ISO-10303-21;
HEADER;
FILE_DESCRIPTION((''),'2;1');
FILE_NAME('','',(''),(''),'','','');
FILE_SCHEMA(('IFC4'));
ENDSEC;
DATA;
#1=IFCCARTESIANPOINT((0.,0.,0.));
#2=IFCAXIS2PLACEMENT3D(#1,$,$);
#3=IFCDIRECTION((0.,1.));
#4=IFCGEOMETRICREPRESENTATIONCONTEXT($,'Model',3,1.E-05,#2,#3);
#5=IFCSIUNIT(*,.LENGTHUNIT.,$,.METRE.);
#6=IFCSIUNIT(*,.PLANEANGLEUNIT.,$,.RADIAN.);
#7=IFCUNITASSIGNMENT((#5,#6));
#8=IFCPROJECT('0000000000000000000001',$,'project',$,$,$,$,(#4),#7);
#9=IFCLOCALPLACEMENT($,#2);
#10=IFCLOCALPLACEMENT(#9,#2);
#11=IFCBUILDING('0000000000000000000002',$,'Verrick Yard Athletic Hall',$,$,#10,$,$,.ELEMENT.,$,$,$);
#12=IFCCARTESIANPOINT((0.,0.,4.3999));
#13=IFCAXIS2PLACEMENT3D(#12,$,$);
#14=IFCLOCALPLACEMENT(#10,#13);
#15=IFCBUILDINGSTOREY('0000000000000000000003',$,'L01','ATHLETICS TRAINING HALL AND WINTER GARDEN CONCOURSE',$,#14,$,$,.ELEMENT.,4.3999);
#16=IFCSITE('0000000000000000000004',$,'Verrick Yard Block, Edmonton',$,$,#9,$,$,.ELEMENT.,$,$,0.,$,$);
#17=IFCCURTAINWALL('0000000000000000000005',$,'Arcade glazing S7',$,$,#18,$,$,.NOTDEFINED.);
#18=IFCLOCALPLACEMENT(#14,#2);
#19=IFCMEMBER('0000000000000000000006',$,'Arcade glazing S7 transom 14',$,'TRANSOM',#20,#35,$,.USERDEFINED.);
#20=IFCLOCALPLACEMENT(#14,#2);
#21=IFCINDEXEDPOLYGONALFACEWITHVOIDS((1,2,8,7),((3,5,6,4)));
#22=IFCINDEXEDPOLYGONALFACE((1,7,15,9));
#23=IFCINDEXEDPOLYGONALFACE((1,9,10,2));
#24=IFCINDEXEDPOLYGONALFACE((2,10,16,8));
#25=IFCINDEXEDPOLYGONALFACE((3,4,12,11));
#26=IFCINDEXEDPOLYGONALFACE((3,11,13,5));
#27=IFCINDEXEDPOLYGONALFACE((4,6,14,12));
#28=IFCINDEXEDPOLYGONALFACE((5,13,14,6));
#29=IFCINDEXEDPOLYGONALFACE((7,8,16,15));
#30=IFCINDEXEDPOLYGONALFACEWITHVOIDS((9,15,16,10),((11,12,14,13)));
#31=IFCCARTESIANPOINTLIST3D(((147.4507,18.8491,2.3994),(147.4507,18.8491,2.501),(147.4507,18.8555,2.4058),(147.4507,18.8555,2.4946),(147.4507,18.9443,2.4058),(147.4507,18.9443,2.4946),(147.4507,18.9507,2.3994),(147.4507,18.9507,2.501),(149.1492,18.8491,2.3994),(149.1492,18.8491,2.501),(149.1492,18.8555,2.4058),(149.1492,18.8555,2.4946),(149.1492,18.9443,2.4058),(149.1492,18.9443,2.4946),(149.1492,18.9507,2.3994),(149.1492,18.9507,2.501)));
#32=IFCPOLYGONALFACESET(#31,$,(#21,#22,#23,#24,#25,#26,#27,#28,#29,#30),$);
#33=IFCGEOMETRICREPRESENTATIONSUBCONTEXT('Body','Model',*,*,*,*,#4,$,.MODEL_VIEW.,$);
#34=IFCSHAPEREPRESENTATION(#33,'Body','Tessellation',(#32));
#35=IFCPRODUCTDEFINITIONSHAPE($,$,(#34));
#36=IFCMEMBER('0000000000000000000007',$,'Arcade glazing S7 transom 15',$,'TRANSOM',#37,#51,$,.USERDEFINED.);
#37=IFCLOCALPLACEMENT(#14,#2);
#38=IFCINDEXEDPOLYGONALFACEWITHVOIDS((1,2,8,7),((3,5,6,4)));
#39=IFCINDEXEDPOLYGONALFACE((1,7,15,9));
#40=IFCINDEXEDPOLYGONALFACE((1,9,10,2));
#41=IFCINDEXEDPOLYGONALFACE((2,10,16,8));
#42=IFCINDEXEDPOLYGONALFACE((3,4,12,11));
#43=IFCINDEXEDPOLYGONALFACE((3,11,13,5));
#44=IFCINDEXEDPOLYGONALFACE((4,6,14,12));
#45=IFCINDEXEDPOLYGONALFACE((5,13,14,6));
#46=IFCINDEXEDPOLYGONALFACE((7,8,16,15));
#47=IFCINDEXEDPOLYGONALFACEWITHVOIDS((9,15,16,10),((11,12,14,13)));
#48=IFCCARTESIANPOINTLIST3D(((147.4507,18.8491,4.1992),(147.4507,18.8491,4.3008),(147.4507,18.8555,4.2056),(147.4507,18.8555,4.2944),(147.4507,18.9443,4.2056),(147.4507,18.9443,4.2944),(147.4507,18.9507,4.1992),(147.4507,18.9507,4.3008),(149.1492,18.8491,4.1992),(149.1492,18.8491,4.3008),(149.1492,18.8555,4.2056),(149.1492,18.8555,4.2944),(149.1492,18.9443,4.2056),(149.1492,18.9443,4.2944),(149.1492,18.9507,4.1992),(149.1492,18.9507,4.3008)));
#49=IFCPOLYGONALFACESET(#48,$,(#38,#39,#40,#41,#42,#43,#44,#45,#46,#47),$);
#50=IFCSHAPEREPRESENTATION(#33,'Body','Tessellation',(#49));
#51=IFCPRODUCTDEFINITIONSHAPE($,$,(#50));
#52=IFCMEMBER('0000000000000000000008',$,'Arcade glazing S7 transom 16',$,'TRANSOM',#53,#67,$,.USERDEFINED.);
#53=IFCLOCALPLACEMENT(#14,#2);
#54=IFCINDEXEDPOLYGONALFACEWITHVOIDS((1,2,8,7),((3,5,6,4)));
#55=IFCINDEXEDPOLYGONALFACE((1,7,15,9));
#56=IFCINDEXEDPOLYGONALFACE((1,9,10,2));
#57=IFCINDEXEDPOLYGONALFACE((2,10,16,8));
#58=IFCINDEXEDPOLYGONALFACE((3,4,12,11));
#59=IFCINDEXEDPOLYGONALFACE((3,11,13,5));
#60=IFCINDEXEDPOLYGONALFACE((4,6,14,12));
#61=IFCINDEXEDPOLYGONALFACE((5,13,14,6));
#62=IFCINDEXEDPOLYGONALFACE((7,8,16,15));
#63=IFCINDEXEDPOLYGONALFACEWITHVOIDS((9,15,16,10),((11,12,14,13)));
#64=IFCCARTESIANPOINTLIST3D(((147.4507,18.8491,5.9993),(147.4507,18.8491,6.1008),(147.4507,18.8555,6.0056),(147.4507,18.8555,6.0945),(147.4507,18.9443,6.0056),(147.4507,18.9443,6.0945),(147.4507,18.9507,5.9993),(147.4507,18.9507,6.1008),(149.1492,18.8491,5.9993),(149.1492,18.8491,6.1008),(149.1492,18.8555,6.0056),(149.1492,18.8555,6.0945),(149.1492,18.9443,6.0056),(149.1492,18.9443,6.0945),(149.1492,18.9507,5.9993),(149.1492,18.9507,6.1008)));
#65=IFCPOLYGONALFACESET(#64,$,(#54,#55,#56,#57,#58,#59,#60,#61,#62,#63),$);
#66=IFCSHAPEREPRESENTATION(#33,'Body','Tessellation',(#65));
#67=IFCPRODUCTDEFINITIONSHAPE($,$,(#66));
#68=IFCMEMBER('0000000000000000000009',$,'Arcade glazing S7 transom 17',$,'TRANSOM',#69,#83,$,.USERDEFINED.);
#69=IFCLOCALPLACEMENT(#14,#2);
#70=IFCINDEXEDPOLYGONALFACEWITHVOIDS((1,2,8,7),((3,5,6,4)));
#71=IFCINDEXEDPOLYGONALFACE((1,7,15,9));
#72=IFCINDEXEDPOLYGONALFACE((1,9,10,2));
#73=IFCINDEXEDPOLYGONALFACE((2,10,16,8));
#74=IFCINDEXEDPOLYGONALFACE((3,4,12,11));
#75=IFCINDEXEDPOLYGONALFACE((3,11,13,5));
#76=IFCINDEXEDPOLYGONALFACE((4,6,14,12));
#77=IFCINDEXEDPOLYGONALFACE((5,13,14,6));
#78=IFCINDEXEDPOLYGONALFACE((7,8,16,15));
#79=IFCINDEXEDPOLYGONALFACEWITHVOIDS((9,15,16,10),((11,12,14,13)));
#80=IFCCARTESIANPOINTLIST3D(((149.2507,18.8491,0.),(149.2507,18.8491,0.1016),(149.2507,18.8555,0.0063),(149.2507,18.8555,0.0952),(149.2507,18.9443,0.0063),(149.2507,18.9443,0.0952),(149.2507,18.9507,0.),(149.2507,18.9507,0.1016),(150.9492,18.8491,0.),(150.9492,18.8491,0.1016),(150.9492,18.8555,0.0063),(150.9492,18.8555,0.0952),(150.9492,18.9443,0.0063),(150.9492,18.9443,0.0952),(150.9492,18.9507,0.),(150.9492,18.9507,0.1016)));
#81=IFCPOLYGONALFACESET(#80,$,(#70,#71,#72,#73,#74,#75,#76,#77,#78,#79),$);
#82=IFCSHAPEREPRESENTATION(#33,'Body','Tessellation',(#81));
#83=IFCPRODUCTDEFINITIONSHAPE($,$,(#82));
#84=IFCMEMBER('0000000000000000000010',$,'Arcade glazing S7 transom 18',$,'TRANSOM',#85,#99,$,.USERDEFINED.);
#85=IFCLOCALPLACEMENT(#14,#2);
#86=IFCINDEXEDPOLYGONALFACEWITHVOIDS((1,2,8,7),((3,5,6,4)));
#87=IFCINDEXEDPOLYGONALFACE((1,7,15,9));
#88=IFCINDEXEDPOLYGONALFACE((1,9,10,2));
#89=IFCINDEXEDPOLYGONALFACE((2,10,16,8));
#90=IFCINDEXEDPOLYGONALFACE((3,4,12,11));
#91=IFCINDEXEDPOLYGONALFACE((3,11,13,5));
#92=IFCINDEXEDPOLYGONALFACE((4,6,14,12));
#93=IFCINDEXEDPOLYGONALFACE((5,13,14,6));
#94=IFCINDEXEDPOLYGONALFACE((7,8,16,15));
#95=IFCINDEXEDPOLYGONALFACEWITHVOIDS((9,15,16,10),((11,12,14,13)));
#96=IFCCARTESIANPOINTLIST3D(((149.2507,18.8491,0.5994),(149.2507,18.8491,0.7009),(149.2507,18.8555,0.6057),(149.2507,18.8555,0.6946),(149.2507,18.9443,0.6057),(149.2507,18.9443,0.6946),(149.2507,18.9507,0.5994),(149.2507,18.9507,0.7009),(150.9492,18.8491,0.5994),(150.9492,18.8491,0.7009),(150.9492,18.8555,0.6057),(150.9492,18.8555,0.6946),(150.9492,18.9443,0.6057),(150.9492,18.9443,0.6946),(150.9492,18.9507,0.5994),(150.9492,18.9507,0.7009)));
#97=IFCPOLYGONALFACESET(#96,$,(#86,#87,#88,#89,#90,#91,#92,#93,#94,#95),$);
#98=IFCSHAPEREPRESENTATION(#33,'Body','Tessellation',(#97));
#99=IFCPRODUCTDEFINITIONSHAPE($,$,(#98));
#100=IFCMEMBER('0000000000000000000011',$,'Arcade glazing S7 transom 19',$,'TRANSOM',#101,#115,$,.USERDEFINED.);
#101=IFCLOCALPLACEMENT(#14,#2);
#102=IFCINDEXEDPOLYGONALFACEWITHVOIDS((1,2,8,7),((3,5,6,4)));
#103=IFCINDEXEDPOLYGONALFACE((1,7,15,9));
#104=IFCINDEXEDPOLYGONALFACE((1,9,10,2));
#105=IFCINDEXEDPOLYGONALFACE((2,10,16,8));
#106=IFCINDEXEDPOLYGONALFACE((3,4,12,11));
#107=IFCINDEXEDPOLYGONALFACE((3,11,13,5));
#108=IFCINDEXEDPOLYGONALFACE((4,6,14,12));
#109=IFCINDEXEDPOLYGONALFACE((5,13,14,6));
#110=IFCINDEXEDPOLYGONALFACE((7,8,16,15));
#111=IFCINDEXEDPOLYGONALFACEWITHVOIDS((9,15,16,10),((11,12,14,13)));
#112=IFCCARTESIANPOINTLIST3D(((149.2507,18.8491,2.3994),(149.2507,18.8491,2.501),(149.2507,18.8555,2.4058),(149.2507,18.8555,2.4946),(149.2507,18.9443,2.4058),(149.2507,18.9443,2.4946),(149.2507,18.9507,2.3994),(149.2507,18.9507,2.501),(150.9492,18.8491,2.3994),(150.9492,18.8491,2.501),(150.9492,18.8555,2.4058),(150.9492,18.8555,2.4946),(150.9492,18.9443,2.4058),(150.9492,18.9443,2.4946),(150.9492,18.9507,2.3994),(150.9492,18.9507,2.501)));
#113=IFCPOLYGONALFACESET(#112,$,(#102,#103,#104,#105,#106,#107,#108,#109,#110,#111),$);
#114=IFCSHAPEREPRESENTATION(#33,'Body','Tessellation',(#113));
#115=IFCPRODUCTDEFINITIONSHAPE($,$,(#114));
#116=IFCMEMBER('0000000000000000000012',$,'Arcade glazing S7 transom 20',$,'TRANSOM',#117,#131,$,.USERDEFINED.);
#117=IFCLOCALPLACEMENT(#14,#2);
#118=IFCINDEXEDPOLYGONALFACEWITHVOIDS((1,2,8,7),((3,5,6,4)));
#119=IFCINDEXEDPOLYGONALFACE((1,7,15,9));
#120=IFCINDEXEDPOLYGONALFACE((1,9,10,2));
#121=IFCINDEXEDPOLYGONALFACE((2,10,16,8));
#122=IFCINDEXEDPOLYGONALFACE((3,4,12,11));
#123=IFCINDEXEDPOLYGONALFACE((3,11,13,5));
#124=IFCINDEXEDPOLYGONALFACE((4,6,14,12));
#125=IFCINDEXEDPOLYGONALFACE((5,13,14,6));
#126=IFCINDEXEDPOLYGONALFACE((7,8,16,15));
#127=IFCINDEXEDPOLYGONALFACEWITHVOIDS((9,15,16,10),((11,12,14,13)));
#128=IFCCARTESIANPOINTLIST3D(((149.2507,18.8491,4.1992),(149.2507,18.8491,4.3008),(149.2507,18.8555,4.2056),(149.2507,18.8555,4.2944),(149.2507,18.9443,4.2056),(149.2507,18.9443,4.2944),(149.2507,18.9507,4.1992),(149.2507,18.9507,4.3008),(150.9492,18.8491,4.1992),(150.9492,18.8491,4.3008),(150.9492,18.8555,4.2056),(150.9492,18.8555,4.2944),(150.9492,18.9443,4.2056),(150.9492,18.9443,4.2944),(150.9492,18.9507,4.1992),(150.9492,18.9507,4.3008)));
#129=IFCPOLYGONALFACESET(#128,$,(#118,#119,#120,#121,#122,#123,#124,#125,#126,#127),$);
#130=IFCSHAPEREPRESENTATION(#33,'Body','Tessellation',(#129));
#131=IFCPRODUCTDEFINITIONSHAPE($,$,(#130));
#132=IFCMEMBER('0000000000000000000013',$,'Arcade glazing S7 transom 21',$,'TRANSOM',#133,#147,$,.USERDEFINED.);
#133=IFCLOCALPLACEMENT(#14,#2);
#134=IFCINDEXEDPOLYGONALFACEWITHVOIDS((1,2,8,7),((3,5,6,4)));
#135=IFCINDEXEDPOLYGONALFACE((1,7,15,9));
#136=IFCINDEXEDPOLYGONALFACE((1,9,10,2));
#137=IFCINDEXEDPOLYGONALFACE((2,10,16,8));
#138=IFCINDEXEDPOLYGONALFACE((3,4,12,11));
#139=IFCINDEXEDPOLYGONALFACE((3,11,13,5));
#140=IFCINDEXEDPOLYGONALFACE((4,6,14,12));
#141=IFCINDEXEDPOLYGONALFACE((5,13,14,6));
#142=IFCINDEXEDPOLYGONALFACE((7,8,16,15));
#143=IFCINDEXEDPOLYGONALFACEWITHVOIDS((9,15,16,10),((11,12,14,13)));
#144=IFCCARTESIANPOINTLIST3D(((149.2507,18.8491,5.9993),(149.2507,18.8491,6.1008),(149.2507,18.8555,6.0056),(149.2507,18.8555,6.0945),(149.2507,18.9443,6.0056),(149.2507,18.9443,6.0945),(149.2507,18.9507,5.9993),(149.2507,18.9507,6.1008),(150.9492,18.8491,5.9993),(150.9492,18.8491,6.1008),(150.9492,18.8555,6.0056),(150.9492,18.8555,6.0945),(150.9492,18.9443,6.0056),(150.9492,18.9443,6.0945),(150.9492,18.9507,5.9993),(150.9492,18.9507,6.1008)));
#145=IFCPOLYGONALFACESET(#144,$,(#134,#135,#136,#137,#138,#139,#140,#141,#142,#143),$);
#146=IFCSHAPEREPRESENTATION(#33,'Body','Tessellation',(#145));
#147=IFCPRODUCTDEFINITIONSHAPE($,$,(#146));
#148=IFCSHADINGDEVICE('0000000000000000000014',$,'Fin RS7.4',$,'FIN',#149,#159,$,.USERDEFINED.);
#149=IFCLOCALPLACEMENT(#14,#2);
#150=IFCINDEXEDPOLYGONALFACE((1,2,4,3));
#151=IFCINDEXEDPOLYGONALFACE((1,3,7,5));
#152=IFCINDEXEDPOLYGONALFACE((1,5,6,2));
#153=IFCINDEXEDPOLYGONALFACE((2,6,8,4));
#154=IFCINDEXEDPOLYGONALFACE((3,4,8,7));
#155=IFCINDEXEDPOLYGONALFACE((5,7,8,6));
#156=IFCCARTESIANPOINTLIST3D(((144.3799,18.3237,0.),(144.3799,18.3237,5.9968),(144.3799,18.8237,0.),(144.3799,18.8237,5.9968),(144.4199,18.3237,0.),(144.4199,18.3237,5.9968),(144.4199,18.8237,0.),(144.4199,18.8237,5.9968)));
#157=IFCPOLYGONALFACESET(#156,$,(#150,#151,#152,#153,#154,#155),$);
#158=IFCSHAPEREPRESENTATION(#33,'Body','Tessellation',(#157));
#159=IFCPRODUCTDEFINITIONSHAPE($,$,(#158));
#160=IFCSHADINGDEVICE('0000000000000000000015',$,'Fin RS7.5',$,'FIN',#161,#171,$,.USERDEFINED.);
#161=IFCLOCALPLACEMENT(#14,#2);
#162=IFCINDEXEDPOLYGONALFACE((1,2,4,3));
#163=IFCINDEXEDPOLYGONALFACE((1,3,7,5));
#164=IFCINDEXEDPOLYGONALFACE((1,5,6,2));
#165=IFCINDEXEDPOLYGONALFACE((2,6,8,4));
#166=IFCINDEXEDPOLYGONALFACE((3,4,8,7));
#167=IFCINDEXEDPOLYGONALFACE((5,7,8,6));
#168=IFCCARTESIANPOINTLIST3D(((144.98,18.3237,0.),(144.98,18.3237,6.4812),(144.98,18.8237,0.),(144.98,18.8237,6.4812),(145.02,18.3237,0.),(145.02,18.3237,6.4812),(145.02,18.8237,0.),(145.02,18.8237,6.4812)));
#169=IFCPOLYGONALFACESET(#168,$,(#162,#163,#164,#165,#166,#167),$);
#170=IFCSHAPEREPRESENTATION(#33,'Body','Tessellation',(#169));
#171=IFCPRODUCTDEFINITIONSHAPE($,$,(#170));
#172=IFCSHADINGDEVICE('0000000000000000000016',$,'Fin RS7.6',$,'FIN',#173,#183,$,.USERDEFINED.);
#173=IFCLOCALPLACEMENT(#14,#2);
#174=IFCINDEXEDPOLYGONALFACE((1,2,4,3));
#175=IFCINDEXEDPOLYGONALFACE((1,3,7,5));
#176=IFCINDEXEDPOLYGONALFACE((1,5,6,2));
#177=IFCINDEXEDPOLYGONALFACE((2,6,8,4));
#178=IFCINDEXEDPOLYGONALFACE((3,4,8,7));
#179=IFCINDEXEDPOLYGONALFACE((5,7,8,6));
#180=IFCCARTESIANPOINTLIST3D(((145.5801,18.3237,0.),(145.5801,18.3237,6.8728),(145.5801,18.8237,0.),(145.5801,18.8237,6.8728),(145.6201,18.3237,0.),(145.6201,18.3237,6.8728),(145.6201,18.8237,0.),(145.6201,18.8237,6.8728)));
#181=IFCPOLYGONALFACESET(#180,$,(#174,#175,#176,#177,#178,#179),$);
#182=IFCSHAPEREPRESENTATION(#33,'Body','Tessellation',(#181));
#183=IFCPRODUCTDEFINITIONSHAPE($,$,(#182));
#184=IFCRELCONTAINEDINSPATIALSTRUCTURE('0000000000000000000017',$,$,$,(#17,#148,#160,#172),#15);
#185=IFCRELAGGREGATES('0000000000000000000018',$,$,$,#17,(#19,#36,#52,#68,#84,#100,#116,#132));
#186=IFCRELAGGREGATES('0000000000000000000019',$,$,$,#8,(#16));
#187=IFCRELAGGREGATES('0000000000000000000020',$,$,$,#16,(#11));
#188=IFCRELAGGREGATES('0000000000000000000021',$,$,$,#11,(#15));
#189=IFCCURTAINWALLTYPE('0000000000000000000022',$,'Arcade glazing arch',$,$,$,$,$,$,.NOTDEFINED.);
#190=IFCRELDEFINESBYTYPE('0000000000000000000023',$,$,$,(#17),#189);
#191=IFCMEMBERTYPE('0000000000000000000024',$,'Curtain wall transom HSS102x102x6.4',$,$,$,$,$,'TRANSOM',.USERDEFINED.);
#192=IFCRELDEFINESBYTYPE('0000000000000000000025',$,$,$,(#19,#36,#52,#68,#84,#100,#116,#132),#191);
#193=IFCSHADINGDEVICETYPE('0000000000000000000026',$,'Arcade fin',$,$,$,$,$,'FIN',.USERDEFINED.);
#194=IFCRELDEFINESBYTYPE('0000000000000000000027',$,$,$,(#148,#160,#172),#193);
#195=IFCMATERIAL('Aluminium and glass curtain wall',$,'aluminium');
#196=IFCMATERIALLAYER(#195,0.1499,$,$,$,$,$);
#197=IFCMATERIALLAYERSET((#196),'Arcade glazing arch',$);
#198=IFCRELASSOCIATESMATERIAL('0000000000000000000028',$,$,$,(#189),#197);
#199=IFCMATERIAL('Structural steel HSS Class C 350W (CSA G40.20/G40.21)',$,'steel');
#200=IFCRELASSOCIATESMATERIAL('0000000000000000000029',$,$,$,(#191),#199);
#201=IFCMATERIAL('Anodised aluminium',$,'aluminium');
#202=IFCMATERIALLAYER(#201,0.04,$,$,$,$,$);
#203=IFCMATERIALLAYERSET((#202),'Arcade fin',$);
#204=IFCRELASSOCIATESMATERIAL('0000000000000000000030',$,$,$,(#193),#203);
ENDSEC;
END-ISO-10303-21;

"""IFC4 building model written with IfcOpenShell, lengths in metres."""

from ifc_helpers import new_model, si_unit, direction, frame, origin, origin_2d, place, context, subcontext, project, spatial, polyline, hollow_rectangle, outline, extrude, material, layer, layer_set, material_profile, profile_set, type_object, element, aggregate, save


model = new_model("IFC4")

# Units and contexts
model_context = context("Model", 3, precision=1e-05, world=origin(), true_north=direction((0.0, 1.0)))
body_context = subcontext(model_context, "Body", "Model", "MODEL_VIEW")
ifc_project = project(units=[si_unit("LENGTHUNIT", "METRE"), si_unit("PLANEANGLEUNIT", "RADIAN")], contexts=[model_context])

# Site, building, storey
site_placement = place(None, origin())
site = spatial("IfcSite", under=ifc_project, at=site_placement, Name="Verrick Yard Block, Edmonton", CompositionType="ELEMENT", RefElevation=0.0)
building_placement = place(site_placement, origin())
building = spatial("IfcBuilding", under=site, at=building_placement, Name="Verrick Yard Athletic Hall", CompositionType="ELEMENT")
storey_placement = place(building_placement, frame((0.0, 0.0, 4.3999)))
storey = spatial("IfcBuildingStorey", under=building, at=storey_placement, Name="L01", Description="ATHLETICS TRAINING HALL AND WINTER GARDEN CONCOURSE", CompositionType="ELEMENT", Elevation=4.3999)

# Curtain wall, members
ifc_material_1 = material(Name="Aluminium and glass curtain wall", Category="aluminium")
ifc_layer_1 = layer(ifc_material_1, 0.1499)
ifc_layer_set_1 = layer_set([ifc_layer_1], Name="Arcade glazing arch")
curtain_wall_type = type_object("IfcCurtainWallType", Name="Arcade glazing arch", PredefinedType="NOTDEFINED", material=ifc_layer_set_1)
curtain_wall_placement = place(storey_placement, origin())
curtain_wall = element("IfcCurtainWall", 1, at=curtain_wall_placement, inside=storey, type_object=curtain_wall_type, Name="Arcade glazing S7", PredefinedType="NOTDEFINED")
ifc_material_2 = material(Name="Structural steel HSS Class C 350W (CSA G40.20/G40.21)", Category="steel")
ifc_material_profile_1 = material_profile(ifc_material_2, hollow_rectangle(XDim=0.1016, YDim=0.1016, WallThickness=0.0063, at=origin_2d()), Name="HSS102x102x6.4")
ifc_profile_set_1 = profile_set([ifc_material_profile_1], Name="Structural steel HSS Class C 350W (CSA G40.20/G40.21)")
member_type_1 = type_object("IfcMemberType", Name="Curtain wall transom HSS102x102x6.4", ElementType="TRANSOM", PredefinedType="USERDEFINED", material=ifc_profile_set_1)
member_1_placement = place(storey_placement, frame((147.4507, 18.8999, 2.4502), z_axis=(1.0, 0.0, 0.0), x_axis=(0.0, 1.0, 0.0)))
member_1 = element("IfcMember", 2, at=member_1_placement, type_object=member_type_1, Name="Arcade glazing S7 transom 14", ObjectType="TRANSOM", PredefinedType="USERDEFINED", context=body_context, shape_type="SweptSolid", body=[
    extrude(hollow_rectangle(XDim=0.1016, YDim=0.1016, WallThickness=0.0063, at=origin_2d()), origin(), (0.0, 0.0, 1.0), 1.6985),
])
member_2_placement = place(storey_placement, frame((147.4507, 18.8999, 4.25), z_axis=(1.0, 0.0, 0.0), x_axis=(0.0, 1.0, 0.0)))
member_2 = element("IfcMember", 3, at=member_2_placement, type_object=member_type_1, Name="Arcade glazing S7 transom 15", ObjectType="TRANSOM", PredefinedType="USERDEFINED", context=body_context, shape_type="SweptSolid", body=[
    extrude(hollow_rectangle(XDim=0.1016, YDim=0.1016, WallThickness=0.0063, at=origin_2d()), origin(), (0.0, 0.0, 1.0), 1.6985),
])
member_3_placement = place(storey_placement, frame((147.4507, 18.8999, 6.05), z_axis=(1.0, 0.0, 0.0), x_axis=(0.0, 1.0, 0.0)))
member_3 = element("IfcMember", 4, at=member_3_placement, type_object=member_type_1, Name="Arcade glazing S7 transom 16", ObjectType="TRANSOM", PredefinedType="USERDEFINED", context=body_context, shape_type="SweptSolid", body=[
    extrude(hollow_rectangle(XDim=0.1016, YDim=0.1016, WallThickness=0.0063, at=origin_2d()), origin(), (0.0, 0.0, 1.0), 1.6985),
])
member_4_placement = place(storey_placement, frame((149.2507, 18.8999, 0.0508), z_axis=(1.0, 0.0, 0.0), x_axis=(0.0, 1.0, 0.0)))
member_4 = element("IfcMember", 5, at=member_4_placement, type_object=member_type_1, Name="Arcade glazing S7 transom 17", ObjectType="TRANSOM", PredefinedType="USERDEFINED", context=body_context, shape_type="SweptSolid", body=[
    extrude(hollow_rectangle(XDim=0.1016, YDim=0.1016, WallThickness=0.0063, at=origin_2d()), origin(), (0.0, 0.0, 1.0), 1.6985),
])
member_5_placement = place(storey_placement, frame((149.2507, 18.8999, 0.6501), z_axis=(1.0, 0.0, 0.0), x_axis=(0.0, 1.0, 0.0)))
member_5 = element("IfcMember", 6, at=member_5_placement, type_object=member_type_1, Name="Arcade glazing S7 transom 18", ObjectType="TRANSOM", PredefinedType="USERDEFINED", context=body_context, shape_type="SweptSolid", body=[
    extrude(hollow_rectangle(XDim=0.1016, YDim=0.1016, WallThickness=0.0063, at=origin_2d()), origin(), (0.0, 0.0, 1.0), 1.6985),
])
member_6_placement = place(storey_placement, frame((149.2507, 18.8999, 2.4502), z_axis=(1.0, 0.0, 0.0), x_axis=(0.0, 1.0, 0.0)))
member_6 = element("IfcMember", 7, at=member_6_placement, type_object=member_type_1, Name="Arcade glazing S7 transom 19", ObjectType="TRANSOM", PredefinedType="USERDEFINED", context=body_context, shape_type="SweptSolid", body=[
    extrude(hollow_rectangle(XDim=0.1016, YDim=0.1016, WallThickness=0.0063, at=origin_2d()), origin(), (0.0, 0.0, 1.0), 1.6985),
])
member_7_placement = place(storey_placement, frame((149.2507, 18.8999, 4.25), z_axis=(1.0, 0.0, 0.0), x_axis=(0.0, 1.0, 0.0)))
member_7 = element("IfcMember", 8, at=member_7_placement, type_object=member_type_1, Name="Arcade glazing S7 transom 20", ObjectType="TRANSOM", PredefinedType="USERDEFINED", context=body_context, shape_type="SweptSolid", body=[
    extrude(hollow_rectangle(XDim=0.1016, YDim=0.1016, WallThickness=0.0063, at=origin_2d()), origin(), (0.0, 0.0, 1.0), 1.6985),
])
member_8_placement = place(storey_placement, frame((149.2507, 18.8999, 6.05), z_axis=(1.0, 0.0, 0.0), x_axis=(0.0, 1.0, 0.0)))
member_8 = element("IfcMember", 9, at=member_8_placement, type_object=member_type_1, Name="Arcade glazing S7 transom 21", ObjectType="TRANSOM", PredefinedType="USERDEFINED", context=body_context, shape_type="SweptSolid", body=[
    extrude(hollow_rectangle(XDim=0.1016, YDim=0.1016, WallThickness=0.0063, at=origin_2d()), origin(), (0.0, 0.0, 1.0), 1.6985),
])
aggregate(curtain_wall, [member_1, member_2, member_3, member_4, member_5, member_6, member_7, member_8])

# Shading devices
ifc_material_3 = material(Name="Anodised aluminium", Category="aluminium")
ifc_layer_2 = layer(ifc_material_3, 0.04)
ifc_layer_set_2 = layer_set([ifc_layer_2], Name="Arcade fin")
shading_device_type = type_object("IfcShadingDeviceType", Name="Arcade fin", ElementType="FIN", PredefinedType="USERDEFINED", material=ifc_layer_set_2)
shading_device_1_placement = place(storey_placement, frame((144.3999, 18.8237, 0.0), z_axis=(0.0, 0.0, 1.0), x_axis=(0.0, -1.0, 0.0)))
element("IfcShadingDevice", 10, at=shading_device_1_placement, inside=storey, type_object=shading_device_type, Name="Fin RS7.4", ObjectType="FIN", PredefinedType="USERDEFINED", context=body_context, shape_type="SweptSolid", body=[
    extrude(outline(polyline([(0.0, 0.0), (0.5, 0.0), (0.5, 5.9968), (0.0, 5.9968), (0.0, 0.0)])), frame((0.0, 0.02, 0.0), z_axis=(0.0, -1.0, 0.0), x_axis=(1.0, 0.0, 0.0)), (0.0, 0.0, 1.0), 0.04),
])
shading_device_2_placement = place(storey_placement, frame((145.0, 18.8237, 0.0), z_axis=(0.0, 0.0, 1.0), x_axis=(0.0, -1.0, 0.0)))
element("IfcShadingDevice", 11, at=shading_device_2_placement, inside=storey, type_object=shading_device_type, Name="Fin RS7.5", ObjectType="FIN", PredefinedType="USERDEFINED", context=body_context, shape_type="SweptSolid", body=[
    extrude(outline(polyline([(0.0, 0.0), (0.5, 0.0), (0.5, 6.4812), (0.0, 6.4812), (0.0, 0.0)])), frame((0.0, 0.02, 0.0), z_axis=(0.0, -1.0, 0.0), x_axis=(1.0, 0.0, 0.0)), (0.0, 0.0, 1.0), 0.04),
])
shading_device_3_placement = place(storey_placement, frame((145.6001, 18.8237, 0.0), z_axis=(0.0, 0.0, 1.0), x_axis=(0.0, -1.0, 0.0)))
element("IfcShadingDevice", 12, at=shading_device_3_placement, inside=storey, type_object=shading_device_type, Name="Fin RS7.6", ObjectType="FIN", PredefinedType="USERDEFINED", context=body_context, shape_type="SweptSolid", body=[
    extrude(outline(polyline([(0.0, 0.0), (0.5, 0.0), (0.5, 6.8728), (0.0, 6.8728), (0.0, 0.0)])), frame((0.0, 0.02, 0.0), z_axis=(0.0, -1.0, 0.0), x_axis=(1.0, 0.0, 0.0)), (0.0, 0.0, 1.0), 0.04),
])

save(model, "model.ifc")
